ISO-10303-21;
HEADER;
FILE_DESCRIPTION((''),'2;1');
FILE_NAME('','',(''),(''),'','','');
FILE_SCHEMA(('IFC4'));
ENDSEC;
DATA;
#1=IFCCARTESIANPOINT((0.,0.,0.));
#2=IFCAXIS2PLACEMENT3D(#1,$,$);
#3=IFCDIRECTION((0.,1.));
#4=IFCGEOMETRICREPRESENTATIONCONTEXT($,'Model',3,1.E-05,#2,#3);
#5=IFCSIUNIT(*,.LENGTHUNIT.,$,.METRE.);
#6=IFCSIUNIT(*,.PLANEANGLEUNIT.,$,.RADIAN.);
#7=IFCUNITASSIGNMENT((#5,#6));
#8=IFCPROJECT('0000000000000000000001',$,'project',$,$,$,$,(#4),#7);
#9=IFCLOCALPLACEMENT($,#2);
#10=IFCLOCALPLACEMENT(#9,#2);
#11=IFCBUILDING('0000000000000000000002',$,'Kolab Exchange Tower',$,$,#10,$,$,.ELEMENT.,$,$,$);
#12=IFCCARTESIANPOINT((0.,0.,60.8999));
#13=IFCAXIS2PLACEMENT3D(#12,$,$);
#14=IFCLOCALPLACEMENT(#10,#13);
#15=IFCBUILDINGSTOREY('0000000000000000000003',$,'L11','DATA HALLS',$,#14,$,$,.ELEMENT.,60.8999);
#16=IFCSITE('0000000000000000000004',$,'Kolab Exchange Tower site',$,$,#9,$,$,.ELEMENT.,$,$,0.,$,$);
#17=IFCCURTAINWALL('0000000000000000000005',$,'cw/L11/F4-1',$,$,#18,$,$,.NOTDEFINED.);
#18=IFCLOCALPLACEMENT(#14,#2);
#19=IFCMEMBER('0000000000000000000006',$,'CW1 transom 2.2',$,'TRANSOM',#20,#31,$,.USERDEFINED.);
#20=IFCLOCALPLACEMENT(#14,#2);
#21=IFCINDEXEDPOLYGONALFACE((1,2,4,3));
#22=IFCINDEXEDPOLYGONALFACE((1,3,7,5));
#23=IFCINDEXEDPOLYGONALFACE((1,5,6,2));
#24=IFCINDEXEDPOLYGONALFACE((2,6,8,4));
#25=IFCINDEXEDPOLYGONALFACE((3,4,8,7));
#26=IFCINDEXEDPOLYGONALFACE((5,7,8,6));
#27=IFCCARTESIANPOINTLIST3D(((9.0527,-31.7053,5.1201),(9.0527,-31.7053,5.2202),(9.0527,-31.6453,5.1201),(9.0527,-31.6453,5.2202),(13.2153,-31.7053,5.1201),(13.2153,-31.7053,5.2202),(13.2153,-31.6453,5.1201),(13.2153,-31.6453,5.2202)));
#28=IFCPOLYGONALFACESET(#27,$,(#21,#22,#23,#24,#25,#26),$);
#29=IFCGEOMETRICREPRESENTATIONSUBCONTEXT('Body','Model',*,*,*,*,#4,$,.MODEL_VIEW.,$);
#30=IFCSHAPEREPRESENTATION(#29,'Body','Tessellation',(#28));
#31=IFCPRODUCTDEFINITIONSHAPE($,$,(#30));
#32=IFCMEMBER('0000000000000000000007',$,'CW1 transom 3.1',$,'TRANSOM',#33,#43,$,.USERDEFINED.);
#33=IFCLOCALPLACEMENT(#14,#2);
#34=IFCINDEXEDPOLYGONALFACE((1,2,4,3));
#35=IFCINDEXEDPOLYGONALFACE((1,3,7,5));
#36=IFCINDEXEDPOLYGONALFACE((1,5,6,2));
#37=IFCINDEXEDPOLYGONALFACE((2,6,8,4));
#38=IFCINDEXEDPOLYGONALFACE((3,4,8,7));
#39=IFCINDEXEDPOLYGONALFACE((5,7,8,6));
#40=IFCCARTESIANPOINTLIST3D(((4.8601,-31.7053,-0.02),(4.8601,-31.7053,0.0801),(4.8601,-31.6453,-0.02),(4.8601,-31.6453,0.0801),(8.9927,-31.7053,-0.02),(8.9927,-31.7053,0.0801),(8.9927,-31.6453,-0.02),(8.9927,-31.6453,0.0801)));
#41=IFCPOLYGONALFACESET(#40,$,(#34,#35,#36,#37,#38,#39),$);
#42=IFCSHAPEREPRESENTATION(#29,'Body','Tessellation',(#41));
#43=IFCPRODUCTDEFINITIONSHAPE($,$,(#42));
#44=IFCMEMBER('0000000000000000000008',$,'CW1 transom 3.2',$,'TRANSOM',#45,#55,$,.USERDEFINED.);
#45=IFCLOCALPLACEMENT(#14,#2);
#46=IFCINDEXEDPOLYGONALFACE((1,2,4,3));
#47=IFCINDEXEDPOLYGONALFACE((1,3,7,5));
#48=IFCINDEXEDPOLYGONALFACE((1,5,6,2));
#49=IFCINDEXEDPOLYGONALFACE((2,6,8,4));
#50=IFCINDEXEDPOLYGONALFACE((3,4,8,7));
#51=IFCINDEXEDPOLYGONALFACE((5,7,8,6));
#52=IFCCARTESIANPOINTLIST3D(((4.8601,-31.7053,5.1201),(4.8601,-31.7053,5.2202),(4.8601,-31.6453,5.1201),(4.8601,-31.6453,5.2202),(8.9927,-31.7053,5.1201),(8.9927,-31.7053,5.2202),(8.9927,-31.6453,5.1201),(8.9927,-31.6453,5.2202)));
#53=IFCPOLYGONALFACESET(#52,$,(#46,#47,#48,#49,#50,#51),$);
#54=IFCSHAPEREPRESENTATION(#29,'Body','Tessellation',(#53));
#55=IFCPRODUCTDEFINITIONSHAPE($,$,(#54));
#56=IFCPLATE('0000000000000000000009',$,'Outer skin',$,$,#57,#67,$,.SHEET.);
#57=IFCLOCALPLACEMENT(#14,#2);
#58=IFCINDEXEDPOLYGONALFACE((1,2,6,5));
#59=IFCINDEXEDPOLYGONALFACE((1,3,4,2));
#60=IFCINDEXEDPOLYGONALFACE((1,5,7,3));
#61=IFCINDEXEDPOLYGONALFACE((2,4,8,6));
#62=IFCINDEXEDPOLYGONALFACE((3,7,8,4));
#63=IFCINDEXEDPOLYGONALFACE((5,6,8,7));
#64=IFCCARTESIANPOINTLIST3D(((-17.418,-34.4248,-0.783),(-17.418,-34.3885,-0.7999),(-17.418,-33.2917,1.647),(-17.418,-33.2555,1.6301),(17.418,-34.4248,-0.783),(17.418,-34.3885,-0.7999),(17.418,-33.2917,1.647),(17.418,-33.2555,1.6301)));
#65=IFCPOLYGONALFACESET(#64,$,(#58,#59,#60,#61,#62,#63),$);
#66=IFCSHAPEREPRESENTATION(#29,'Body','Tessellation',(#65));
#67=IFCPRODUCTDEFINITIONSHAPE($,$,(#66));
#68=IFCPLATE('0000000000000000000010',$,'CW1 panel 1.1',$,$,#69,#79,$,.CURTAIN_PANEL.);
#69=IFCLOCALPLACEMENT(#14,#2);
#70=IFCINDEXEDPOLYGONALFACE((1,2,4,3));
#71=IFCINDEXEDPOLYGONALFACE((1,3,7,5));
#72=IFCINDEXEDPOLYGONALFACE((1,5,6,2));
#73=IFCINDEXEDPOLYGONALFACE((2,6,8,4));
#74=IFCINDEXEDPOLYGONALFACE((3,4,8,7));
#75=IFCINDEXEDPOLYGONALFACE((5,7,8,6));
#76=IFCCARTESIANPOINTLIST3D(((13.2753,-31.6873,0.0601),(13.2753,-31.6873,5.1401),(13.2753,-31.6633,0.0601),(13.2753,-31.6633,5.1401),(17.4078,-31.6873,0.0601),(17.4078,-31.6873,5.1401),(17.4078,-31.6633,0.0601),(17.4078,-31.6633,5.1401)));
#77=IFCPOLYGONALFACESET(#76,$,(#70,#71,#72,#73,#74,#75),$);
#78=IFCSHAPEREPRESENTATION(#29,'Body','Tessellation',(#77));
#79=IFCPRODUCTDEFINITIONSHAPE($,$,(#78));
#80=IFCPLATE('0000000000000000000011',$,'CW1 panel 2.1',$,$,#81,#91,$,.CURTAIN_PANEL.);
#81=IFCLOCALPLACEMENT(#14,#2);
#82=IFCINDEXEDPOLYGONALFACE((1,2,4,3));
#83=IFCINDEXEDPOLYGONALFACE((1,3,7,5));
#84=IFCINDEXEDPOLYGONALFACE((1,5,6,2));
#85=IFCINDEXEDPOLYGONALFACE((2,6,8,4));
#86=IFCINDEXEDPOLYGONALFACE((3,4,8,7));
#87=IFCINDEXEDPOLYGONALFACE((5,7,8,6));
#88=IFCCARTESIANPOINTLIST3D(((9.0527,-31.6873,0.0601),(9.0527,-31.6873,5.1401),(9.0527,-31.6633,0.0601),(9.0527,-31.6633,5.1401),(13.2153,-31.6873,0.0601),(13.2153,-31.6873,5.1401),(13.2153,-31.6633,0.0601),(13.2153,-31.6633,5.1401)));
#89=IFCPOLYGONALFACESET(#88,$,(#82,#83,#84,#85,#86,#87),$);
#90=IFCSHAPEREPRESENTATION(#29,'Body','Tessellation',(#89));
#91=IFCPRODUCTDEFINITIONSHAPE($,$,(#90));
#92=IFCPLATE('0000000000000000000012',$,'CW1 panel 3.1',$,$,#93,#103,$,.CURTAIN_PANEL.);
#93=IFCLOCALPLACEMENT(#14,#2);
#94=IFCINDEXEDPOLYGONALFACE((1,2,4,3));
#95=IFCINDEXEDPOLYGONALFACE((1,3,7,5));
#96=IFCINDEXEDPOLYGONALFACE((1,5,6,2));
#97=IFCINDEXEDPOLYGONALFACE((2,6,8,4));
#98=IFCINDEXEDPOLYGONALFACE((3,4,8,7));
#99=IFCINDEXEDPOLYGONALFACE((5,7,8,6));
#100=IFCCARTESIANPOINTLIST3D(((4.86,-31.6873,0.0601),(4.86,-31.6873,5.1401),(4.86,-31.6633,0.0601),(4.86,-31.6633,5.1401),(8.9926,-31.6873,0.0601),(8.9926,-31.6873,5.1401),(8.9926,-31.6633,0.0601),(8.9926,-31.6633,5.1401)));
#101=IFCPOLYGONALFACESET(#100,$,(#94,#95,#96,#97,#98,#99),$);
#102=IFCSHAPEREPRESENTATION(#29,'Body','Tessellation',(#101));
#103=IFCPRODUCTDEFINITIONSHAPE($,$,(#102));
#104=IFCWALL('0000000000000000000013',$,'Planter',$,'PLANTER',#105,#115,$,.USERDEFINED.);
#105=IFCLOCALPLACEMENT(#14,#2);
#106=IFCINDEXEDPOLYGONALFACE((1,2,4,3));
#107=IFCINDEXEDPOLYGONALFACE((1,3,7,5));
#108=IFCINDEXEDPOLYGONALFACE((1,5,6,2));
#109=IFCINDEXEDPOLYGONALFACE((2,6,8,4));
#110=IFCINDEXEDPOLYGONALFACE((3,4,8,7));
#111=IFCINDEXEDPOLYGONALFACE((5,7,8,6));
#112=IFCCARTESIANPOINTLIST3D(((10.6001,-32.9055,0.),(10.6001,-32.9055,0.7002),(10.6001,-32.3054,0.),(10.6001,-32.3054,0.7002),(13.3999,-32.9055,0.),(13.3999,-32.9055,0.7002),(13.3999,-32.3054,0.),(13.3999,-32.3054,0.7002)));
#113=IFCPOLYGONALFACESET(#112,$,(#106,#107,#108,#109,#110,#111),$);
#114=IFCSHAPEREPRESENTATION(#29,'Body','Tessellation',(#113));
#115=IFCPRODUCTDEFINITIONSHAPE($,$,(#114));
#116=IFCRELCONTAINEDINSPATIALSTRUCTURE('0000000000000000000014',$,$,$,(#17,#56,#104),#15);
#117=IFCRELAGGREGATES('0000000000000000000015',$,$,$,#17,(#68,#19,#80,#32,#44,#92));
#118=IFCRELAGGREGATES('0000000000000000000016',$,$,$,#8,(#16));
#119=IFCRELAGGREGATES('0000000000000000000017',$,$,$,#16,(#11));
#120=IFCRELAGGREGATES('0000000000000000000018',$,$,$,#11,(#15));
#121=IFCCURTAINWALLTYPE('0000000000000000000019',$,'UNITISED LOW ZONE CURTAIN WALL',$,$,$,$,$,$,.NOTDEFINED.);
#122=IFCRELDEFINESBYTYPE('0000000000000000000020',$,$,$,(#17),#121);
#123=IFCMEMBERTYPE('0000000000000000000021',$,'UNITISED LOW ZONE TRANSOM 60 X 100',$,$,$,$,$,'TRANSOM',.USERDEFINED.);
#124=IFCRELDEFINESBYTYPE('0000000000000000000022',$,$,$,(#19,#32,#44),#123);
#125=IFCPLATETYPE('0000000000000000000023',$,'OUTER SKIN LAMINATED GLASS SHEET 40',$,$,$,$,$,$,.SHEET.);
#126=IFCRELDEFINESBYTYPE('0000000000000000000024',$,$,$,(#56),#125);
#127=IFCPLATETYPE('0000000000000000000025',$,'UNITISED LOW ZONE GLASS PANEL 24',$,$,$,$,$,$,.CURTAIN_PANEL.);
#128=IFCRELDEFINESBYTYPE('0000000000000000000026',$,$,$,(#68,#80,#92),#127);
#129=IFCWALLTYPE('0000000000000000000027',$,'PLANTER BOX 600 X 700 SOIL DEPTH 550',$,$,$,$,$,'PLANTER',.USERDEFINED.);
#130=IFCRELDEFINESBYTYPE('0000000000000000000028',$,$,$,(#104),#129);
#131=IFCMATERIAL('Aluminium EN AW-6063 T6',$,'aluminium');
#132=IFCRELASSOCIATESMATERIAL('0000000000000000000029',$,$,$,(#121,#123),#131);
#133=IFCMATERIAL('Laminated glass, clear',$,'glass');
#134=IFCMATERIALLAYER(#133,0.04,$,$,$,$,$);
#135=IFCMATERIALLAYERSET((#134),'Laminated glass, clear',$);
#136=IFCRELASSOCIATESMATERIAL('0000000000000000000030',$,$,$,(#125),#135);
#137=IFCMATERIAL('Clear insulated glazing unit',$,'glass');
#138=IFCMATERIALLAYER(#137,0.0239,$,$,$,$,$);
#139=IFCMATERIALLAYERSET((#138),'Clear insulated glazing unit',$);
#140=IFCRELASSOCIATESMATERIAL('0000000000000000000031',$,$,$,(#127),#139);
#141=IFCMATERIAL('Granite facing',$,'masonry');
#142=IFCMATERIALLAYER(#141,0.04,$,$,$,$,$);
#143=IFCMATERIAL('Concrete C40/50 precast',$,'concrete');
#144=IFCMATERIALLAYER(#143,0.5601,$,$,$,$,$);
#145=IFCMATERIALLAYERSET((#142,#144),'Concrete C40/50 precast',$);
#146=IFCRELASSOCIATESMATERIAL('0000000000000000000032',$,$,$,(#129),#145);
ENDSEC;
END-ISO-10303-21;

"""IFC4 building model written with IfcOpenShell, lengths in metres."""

from ifc_helpers import new_model, si_unit, direction, frame, frame_2d, origin, origin_2d, place, context, subcontext, project, spatial, polyline, rectangle, outline, extrude, material, layer, layer_set, material_profile, profile_set, type_object, element, aggregate, save


model = new_model("IFC4")

# Units and contexts
model_context = context("Model", 3, precision=1e-05, world=origin(), true_north=direction((0.0, 1.0)))
body_context = subcontext(model_context, "Body", "Model", "MODEL_VIEW")
ifc_project = project(units=[si_unit("LENGTHUNIT", "METRE"), si_unit("PLANEANGLEUNIT", "RADIAN")], contexts=[model_context])

# Site, building, storey
site_placement = place(None, origin())
site = spatial("IfcSite", under=ifc_project, at=site_placement, Name="Kolab Exchange Tower site", CompositionType="ELEMENT", RefElevation=0.0)
building_placement = place(site_placement, origin())
building = spatial("IfcBuilding", under=site, at=building_placement, Name="Kolab Exchange Tower", CompositionType="ELEMENT")
storey_placement = place(building_placement, frame((0.0, 0.0, 60.8999)))
storey = spatial("IfcBuildingStorey", under=building, at=storey_placement, Name="L11", Description="DATA HALLS", CompositionType="ELEMENT", Elevation=60.8999)

# Curtain wall, members
ifc_material_1 = material(Name="Aluminium EN AW-6063 T6", Category="aluminium")
curtain_wall_type = type_object("IfcCurtainWallType", Name="UNITISED LOW ZONE CURTAIN WALL", PredefinedType="NOTDEFINED", material=ifc_material_1)
curtain_wall_placement = place(storey_placement, origin())
curtain_wall = element("IfcCurtainWall", 1, at=curtain_wall_placement, inside=storey, type_object=curtain_wall_type, Name="cw/L11/F4-1", PredefinedType="NOTDEFINED")
ifc_material_profile_1 = material_profile(ifc_material_1, rectangle(XDim=0.0601, YDim=0.1001, at=origin_2d()), Name="RECT 60X100")
ifc_profile_set_1 = profile_set([ifc_material_profile_1], Name="Aluminium EN AW-6063 T6")
member_type_1 = type_object("IfcMemberType", Name="UNITISED LOW ZONE TRANSOM 60 X 100", ElementType="TRANSOM", PredefinedType="USERDEFINED", material=ifc_profile_set_1)
member_1_placement = place(storey_placement, frame((13.2153, -31.6753, 5.1702), z_axis=(-1.0, 0.0, 0.0), x_axis=(0.0, -1.0, 0.0)))
member_1 = element("IfcMember", 2, at=member_1_placement, type_object=member_type_1, Name="CW1 transom 2.2", ObjectType="TRANSOM", PredefinedType="USERDEFINED", context=body_context, shape_type="SweptSolid", body=[
    extrude(rectangle(XDim=0.0601, YDim=0.1001, at=origin_2d()), origin(), (0.0, 0.0, 1.0), 4.1626),
])
member_2_placement = place(storey_placement, frame((8.9927, -31.6753, 0.03), z_axis=(-1.0, 0.0, 0.0), x_axis=(0.0, -1.0, 0.0)))
member_2 = element("IfcMember", 3, at=member_2_placement, type_object=member_type_1, Name="CW1 transom 3.1", ObjectType="TRANSOM", PredefinedType="USERDEFINED", context=body_context, shape_type="SweptSolid", body=[
    extrude(rectangle(XDim=0.0601, YDim=0.1001, at=origin_2d()), origin(), (0.0, 0.0, 1.0), 4.1326),
])
member_3_placement = place(storey_placement, frame((8.9927, -31.6753, 5.1702), z_axis=(-1.0, 0.0, 0.0), x_axis=(0.0, -1.0, 0.0)))
member_3 = element("IfcMember", 4, at=member_3_placement, type_object=member_type_1, Name="CW1 transom 3.2", ObjectType="TRANSOM", PredefinedType="USERDEFINED", context=body_context, shape_type="SweptSolid", body=[
    extrude(rectangle(XDim=0.0601, YDim=0.1001, at=origin_2d()), origin(), (0.0, 0.0, 1.0), 4.1326),
])

# Plates
ifc_material_2 = material(Name="Laminated glass, clear", Category="glass")
ifc_layer_1 = layer(ifc_material_2, 0.04)
ifc_layer_set_1 = layer_set([ifc_layer_1], Name="Laminated glass, clear")
plate_type_1 = type_object("IfcPlateType", Name="OUTER SKIN LAMINATED GLASS SHEET 40", PredefinedType="SHEET", material=ifc_layer_set_1)
plate_1_placement = place(storey_placement, frame((17.418, -34.4248, -0.783), z_axis=(0.0, -0.906313, 0.422606), x_axis=(-1.0, 0.0, 0.0)))
element("IfcPlate", 5, at=plate_1_placement, inside=storey, type_object=plate_type_1, Name="Outer skin", PredefinedType="SHEET", context=body_context, shape_type="SweptSolid", body=[
    extrude(outline(polyline([(0.0, 0.0), (34.8359, 0.0), (34.8359, -2.6811), (0.0, -2.6811), (0.0, 0.0)])), origin(), (0.0, 0.0, -1.0), 0.04),
])
ifc_material_3 = material(Name="Clear insulated glazing unit", Category="glass")
ifc_layer_2 = layer(ifc_material_3, 0.0239)
ifc_layer_set_2 = layer_set([ifc_layer_2], Name="Clear insulated glazing unit")
plate_type_2 = type_object("IfcPlateType", Name="UNITISED LOW ZONE GLASS PANEL 24", PredefinedType="CURTAIN_PANEL", material=ifc_layer_set_2)
plate_2_placement = place(storey_placement, frame((15.3416, -31.6753, 0.0601), z_axis=(0.0, 0.0, 1.0), x_axis=(-1.0, 0.0, 0.0)))
plate_2 = element("IfcPlate", 6, at=plate_2_placement, type_object=plate_type_2, Name="CW1 panel 1.1", PredefinedType="CURTAIN_PANEL", context=body_context, shape_type="SweptSolid", body=[
    extrude(rectangle(XDim=4.1326, YDim=0.0239, at=origin_2d()), origin(), (0.0, 0.0, 1.0), 5.0801),
])
plate_3_placement = place(storey_placement, frame((11.134, -31.6753, 0.0601), z_axis=(0.0, 0.0, 1.0), x_axis=(-1.0, 0.0, 0.0)))
plate_3 = element("IfcPlate", 7, at=plate_3_placement, type_object=plate_type_2, Name="CW1 panel 2.1", PredefinedType="CURTAIN_PANEL", context=body_context, shape_type="SweptSolid", body=[
    extrude(rectangle(XDim=4.1626, YDim=0.0239, at=origin_2d()), origin(), (0.0, 0.0, 1.0), 5.0801),
])
plate_4_placement = place(storey_placement, frame((6.9263, -31.6753, 0.0601), z_axis=(0.0, 0.0, 1.0), x_axis=(-1.0, 0.0, 0.0)))
plate_4 = element("IfcPlate", 8, at=plate_4_placement, type_object=plate_type_2, Name="CW1 panel 3.1", PredefinedType="CURTAIN_PANEL", context=body_context, shape_type="SweptSolid", body=[
    extrude(rectangle(XDim=4.1326, YDim=0.0239, at=origin_2d()), origin(), (0.0, 0.0, 1.0), 5.0801),
])
aggregate(curtain_wall, [plate_2, member_1, plate_3, member_2, member_3, plate_4])

# Wall
ifc_material_4 = material(Name="Granite facing", Category="masonry")
ifc_layer_3 = layer(ifc_material_4, 0.04)
ifc_material_5 = material(Name="Concrete C40/50 precast", Category="concrete")
ifc_layer_4 = layer(ifc_material_5, 0.5601)
ifc_layer_set_3 = layer_set([ifc_layer_3, ifc_layer_4], Name="Concrete C40/50 precast")
wall_type_1 = type_object("IfcWallType", Name="PLANTER BOX 600 X 700 SOIL DEPTH 550", ElementType="PLANTER", PredefinedType="USERDEFINED", material=ifc_layer_set_3)
wall_1_placement = place(storey_placement, frame((13.3999, -32.6055, 0.0), z_axis=(0.0, 0.0, 1.0), x_axis=(-1.0, 0.0, 0.0)))
element("IfcWall", 9, at=wall_1_placement, inside=storey, type_object=wall_type_1, Name="Planter", ObjectType="PLANTER", PredefinedType="USERDEFINED", context=body_context, shape_type="SweptSolid", body=[
    extrude(rectangle(XDim=2.7998, YDim=0.6001, at=frame_2d((1.3999, 0.0))), origin(), (0.0, 0.0, 1.0), 0.7002),
])

save(model, "model.ifc")
